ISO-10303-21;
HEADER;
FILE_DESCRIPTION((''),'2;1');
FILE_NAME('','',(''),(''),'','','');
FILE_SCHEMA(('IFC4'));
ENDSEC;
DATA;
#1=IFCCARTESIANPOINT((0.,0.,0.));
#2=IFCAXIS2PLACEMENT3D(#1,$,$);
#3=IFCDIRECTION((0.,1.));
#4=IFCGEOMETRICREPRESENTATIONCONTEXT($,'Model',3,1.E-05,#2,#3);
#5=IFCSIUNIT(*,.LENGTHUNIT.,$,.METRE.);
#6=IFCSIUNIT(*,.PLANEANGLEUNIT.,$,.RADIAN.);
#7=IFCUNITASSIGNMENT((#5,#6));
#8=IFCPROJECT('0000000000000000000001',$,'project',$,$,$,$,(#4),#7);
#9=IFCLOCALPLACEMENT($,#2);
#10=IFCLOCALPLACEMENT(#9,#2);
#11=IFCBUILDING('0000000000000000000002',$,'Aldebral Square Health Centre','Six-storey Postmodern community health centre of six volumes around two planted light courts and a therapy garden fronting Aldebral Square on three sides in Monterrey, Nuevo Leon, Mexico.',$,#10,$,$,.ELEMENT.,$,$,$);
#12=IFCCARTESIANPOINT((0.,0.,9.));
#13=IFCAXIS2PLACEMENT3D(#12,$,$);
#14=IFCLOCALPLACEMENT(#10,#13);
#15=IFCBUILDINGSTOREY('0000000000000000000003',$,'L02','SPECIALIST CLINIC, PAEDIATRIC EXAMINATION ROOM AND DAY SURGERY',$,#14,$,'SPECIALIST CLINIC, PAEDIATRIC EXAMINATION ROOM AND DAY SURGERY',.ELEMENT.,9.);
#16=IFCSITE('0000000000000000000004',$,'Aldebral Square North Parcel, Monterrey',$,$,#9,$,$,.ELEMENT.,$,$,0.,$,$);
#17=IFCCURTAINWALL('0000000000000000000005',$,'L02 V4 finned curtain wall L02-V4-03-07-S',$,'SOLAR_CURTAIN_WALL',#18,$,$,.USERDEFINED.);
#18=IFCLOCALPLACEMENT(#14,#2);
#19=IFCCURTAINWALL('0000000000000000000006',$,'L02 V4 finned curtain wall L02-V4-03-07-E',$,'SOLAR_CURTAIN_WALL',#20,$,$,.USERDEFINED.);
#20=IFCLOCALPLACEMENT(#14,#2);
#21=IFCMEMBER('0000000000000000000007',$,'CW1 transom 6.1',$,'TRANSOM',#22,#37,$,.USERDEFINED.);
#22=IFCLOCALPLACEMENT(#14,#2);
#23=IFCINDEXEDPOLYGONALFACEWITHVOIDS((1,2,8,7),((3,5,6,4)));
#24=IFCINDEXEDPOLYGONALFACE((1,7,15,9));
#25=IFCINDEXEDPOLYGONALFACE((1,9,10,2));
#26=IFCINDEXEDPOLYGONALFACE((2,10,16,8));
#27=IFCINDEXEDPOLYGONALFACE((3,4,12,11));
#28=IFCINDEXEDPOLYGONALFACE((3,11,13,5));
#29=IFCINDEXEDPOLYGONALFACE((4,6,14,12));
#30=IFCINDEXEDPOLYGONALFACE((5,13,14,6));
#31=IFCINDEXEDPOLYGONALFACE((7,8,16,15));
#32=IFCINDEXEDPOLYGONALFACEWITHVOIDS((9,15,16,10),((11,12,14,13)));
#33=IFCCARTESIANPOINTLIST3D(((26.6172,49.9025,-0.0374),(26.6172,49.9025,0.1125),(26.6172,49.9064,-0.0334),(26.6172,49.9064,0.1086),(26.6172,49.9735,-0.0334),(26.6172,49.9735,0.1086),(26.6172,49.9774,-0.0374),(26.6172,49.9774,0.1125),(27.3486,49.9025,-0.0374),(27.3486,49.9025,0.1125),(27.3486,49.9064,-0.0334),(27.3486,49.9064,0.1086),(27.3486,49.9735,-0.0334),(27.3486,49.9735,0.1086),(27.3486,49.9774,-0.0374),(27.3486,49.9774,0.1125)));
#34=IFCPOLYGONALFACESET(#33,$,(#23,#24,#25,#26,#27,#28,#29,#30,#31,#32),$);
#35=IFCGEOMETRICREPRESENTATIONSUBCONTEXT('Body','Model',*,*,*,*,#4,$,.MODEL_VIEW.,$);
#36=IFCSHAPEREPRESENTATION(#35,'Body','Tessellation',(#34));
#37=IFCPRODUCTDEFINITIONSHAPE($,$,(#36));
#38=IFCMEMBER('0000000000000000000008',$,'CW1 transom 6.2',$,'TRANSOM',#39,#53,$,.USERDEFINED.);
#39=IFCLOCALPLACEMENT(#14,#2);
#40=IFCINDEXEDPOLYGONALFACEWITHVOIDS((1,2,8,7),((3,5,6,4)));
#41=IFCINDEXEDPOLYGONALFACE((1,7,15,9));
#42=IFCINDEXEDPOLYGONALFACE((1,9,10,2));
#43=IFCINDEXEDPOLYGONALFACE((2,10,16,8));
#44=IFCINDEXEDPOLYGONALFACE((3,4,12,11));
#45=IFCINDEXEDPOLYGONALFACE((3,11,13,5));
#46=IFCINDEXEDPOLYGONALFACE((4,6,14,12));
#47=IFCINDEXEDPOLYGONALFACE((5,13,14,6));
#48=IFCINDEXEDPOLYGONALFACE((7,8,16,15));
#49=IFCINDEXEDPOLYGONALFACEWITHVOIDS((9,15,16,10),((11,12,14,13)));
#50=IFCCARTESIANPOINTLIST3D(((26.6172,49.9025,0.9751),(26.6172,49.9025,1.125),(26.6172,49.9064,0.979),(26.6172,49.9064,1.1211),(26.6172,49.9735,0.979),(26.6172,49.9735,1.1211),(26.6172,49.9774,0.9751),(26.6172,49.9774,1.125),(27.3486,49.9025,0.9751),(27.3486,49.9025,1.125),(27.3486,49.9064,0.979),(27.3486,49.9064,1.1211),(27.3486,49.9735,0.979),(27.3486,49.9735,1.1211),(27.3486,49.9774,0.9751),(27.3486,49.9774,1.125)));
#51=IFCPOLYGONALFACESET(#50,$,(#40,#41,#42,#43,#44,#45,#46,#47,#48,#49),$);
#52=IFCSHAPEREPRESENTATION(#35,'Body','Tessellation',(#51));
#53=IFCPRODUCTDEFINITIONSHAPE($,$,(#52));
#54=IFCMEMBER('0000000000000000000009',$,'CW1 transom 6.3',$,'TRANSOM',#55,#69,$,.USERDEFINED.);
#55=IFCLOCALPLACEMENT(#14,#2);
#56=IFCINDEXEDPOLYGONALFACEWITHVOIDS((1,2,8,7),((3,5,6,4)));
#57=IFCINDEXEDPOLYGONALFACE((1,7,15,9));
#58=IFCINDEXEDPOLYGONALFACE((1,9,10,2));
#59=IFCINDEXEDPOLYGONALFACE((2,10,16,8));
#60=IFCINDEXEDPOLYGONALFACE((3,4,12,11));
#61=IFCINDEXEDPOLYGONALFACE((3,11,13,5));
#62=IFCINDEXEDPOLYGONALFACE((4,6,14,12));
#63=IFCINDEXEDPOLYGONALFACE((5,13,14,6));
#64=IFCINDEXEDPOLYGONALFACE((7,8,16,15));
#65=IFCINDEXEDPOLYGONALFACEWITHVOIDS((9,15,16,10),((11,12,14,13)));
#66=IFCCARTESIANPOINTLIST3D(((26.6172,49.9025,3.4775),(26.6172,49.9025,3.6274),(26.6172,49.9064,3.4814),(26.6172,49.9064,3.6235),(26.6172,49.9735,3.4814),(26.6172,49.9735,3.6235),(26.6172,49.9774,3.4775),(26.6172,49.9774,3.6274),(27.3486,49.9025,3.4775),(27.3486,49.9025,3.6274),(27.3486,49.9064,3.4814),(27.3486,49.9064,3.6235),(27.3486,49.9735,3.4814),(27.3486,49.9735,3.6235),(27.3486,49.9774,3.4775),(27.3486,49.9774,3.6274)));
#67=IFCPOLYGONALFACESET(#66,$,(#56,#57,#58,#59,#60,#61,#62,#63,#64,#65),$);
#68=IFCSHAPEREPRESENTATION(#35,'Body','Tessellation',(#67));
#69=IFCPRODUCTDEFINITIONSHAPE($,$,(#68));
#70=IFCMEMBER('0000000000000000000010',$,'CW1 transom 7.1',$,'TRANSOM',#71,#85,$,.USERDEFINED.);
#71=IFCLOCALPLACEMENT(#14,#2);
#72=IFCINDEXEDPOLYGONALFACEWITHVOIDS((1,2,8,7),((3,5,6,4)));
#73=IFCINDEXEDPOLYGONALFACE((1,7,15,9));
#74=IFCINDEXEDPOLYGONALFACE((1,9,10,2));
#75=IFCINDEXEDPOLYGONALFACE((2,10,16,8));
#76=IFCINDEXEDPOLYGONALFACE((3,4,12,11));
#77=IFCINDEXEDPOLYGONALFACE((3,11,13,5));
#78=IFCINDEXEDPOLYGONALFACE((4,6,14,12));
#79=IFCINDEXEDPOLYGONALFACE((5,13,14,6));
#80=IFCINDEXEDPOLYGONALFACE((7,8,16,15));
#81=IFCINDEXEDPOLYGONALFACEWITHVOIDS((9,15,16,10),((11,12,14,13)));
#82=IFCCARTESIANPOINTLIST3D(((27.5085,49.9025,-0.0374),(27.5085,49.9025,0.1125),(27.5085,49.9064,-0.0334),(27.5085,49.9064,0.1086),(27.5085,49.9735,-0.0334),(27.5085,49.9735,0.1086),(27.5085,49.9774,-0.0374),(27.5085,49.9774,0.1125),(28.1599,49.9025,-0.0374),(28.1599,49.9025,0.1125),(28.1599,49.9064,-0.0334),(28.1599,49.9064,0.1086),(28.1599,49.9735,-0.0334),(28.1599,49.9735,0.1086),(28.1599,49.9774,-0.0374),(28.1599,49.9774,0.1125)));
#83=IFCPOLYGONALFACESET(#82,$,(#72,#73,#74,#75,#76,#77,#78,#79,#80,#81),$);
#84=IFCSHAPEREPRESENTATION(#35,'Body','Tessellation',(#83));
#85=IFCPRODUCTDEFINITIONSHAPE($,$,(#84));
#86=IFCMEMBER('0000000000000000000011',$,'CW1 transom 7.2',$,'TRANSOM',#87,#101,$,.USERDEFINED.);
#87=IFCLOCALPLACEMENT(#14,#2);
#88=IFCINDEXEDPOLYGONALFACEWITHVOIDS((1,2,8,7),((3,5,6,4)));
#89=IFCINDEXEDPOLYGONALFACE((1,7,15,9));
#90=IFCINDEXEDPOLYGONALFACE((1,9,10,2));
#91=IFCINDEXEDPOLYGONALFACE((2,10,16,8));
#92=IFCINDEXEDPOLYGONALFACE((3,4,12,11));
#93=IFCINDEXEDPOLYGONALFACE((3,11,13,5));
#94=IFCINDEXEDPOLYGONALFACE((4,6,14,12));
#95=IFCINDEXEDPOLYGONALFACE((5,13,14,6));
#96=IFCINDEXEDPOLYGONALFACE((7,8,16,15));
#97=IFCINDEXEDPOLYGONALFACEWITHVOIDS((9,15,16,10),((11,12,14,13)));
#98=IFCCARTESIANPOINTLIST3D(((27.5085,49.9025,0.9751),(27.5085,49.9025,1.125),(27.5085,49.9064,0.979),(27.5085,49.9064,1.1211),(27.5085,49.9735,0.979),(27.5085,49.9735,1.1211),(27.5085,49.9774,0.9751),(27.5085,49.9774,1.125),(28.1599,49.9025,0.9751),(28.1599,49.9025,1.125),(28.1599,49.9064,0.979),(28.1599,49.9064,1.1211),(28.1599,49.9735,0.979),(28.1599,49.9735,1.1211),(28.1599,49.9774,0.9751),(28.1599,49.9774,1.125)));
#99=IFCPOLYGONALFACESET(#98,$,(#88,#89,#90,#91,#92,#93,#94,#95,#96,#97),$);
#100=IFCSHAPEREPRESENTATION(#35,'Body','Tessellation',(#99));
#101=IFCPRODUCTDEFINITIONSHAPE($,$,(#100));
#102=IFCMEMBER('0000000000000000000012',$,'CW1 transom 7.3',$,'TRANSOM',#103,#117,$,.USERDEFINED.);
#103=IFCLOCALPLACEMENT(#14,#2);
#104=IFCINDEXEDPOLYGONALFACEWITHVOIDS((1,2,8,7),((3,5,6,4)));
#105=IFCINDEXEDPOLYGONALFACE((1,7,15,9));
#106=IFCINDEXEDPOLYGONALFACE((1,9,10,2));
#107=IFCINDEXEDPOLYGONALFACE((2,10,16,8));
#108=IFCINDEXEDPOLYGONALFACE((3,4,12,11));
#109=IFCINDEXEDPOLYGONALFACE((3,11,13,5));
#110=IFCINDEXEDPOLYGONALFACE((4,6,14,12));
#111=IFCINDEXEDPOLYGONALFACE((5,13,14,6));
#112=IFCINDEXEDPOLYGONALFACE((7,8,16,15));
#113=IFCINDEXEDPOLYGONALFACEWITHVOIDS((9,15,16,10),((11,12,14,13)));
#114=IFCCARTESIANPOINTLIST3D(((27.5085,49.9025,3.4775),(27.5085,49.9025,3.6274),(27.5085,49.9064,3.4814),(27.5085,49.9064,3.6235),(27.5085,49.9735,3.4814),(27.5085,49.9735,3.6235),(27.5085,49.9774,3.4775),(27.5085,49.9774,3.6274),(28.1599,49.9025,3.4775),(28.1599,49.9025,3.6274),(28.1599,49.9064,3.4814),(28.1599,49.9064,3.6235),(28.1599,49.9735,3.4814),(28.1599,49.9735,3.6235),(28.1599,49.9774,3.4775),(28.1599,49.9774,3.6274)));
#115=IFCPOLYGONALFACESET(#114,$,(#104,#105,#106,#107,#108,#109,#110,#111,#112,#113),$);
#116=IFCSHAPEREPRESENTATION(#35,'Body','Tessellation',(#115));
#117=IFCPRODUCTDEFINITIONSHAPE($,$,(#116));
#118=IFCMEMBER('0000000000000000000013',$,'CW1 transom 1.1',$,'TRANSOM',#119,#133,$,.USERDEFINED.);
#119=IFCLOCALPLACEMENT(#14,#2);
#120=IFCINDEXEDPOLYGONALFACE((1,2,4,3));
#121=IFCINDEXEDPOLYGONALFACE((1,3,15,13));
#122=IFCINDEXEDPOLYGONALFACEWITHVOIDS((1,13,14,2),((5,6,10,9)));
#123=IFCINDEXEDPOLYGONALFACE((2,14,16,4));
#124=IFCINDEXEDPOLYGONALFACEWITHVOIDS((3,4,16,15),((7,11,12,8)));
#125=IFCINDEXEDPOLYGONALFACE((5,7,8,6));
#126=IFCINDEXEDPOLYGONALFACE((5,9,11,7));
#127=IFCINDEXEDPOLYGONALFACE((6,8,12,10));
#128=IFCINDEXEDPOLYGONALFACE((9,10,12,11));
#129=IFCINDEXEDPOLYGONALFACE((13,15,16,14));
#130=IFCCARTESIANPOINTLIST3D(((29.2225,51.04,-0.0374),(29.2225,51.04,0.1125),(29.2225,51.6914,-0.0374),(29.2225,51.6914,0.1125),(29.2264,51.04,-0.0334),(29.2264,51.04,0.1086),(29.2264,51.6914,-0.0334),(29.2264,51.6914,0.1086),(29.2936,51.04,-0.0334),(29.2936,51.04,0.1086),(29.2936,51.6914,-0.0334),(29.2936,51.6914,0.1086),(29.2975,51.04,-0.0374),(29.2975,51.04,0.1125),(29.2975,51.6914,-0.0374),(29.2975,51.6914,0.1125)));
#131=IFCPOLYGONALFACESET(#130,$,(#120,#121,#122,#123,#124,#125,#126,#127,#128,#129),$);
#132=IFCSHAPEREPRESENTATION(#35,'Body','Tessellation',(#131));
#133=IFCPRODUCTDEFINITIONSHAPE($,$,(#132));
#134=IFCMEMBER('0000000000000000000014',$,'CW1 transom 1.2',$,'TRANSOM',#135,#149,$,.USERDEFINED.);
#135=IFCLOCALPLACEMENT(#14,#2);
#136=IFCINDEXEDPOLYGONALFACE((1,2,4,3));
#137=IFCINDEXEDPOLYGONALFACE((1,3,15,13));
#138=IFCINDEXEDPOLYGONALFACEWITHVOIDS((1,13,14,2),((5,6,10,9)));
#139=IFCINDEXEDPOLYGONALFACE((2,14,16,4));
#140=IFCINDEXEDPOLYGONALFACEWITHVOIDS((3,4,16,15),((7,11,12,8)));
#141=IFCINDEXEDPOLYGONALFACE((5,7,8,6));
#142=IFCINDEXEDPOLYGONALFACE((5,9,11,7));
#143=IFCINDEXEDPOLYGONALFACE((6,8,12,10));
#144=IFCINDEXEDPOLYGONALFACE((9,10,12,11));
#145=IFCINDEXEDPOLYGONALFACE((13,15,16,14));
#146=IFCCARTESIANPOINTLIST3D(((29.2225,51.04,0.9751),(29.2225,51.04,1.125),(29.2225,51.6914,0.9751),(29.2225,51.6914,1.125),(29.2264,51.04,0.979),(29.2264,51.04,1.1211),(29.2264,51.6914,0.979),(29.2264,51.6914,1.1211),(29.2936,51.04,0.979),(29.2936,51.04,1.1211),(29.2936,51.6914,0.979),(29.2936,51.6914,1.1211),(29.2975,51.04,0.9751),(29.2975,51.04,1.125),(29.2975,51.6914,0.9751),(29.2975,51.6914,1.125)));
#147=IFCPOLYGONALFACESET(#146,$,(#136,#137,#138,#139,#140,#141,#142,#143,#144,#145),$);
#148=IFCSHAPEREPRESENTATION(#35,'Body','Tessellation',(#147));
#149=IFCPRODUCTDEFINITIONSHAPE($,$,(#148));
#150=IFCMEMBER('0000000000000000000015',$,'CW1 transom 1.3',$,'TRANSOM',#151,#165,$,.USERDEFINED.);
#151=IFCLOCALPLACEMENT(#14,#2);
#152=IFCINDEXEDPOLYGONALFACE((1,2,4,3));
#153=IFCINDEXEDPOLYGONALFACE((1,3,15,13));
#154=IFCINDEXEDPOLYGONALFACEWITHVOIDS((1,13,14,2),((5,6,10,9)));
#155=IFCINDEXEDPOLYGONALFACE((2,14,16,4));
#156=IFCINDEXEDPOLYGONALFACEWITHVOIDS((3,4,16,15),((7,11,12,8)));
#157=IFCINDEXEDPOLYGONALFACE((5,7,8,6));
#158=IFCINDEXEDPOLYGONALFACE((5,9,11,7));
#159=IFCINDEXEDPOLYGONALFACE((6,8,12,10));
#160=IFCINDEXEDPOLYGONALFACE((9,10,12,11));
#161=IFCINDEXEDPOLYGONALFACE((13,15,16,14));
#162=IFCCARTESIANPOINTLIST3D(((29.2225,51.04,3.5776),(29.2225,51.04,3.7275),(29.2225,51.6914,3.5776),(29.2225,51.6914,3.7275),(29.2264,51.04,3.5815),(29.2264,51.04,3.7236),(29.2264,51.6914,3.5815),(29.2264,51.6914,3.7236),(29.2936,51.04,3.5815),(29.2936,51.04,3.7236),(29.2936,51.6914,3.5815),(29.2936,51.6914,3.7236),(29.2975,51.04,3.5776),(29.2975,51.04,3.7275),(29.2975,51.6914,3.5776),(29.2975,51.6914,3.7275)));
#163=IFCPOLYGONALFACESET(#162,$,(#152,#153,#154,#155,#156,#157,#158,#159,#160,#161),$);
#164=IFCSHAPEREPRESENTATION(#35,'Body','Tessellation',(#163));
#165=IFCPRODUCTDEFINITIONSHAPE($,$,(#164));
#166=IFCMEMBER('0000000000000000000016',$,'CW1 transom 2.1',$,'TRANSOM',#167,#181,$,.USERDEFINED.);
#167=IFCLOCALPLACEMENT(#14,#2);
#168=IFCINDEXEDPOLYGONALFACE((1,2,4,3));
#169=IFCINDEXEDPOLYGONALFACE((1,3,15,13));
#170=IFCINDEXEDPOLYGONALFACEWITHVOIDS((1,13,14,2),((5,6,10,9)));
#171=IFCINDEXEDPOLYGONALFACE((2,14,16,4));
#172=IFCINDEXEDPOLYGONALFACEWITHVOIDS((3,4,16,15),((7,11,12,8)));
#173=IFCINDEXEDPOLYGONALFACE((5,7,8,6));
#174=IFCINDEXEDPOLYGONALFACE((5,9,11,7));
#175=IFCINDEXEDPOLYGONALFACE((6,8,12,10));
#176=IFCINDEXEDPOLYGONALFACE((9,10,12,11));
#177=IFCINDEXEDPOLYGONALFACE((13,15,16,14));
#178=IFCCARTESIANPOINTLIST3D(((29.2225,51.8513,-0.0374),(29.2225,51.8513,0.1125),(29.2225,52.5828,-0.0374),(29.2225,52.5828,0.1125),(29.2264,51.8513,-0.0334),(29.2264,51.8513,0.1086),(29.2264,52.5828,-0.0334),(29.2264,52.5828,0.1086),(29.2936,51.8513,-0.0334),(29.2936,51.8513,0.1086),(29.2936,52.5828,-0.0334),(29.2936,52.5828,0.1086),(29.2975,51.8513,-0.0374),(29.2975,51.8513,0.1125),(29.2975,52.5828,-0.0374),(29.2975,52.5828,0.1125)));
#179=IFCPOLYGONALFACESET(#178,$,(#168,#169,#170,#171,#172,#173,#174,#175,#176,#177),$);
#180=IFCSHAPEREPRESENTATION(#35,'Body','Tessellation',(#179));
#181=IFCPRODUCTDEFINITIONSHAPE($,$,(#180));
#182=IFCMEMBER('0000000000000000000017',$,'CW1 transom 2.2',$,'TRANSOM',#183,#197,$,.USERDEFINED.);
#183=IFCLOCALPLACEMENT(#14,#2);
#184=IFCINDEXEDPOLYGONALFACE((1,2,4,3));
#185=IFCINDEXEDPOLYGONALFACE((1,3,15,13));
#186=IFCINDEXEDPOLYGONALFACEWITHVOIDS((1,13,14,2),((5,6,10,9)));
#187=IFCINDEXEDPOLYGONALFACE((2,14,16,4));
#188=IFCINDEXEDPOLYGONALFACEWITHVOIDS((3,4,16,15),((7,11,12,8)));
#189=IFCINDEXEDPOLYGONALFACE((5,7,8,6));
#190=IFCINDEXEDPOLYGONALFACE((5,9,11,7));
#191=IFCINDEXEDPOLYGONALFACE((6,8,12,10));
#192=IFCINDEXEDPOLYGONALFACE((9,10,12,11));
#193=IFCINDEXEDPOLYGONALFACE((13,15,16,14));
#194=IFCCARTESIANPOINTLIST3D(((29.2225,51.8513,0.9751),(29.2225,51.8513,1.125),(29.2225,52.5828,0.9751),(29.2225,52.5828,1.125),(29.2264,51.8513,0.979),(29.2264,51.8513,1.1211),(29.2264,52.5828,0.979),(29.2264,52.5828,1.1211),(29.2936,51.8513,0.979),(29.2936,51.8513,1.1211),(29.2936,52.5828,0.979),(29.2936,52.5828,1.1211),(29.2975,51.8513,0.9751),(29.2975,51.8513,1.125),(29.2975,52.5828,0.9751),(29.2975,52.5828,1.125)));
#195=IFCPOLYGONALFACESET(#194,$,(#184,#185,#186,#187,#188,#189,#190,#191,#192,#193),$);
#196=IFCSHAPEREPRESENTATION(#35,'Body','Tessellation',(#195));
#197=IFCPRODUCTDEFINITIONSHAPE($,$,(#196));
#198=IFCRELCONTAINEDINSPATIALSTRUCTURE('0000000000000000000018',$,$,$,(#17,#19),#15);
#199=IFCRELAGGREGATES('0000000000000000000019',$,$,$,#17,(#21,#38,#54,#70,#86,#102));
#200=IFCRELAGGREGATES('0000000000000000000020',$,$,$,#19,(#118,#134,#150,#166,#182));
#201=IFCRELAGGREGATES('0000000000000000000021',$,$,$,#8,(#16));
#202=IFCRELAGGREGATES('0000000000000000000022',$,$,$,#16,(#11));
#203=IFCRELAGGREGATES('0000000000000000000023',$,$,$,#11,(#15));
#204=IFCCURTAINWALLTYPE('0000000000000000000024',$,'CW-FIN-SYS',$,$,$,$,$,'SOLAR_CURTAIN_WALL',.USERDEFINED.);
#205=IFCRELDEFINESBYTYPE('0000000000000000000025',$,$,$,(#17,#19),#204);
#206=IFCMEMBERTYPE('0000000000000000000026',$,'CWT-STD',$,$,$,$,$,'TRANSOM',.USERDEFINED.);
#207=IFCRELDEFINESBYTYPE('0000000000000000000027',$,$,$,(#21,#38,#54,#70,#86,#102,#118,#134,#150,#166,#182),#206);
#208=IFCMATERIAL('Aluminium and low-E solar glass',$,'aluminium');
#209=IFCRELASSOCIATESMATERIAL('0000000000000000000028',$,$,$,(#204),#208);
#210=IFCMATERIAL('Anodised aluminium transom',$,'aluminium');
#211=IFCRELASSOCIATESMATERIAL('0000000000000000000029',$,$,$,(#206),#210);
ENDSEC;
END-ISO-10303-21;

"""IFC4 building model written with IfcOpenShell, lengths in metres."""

from ifc_helpers import new_model, si_unit, direction, frame, origin, origin_2d, place, context, subcontext, project, spatial, hollow_rectangle, extrude, material, material_profile, profile_set, type_object, element, aggregate, save


model = new_model("IFC4")

# Units and contexts
model_context = context("Model", 3, precision=1e-05, world=origin(), true_north=direction((0.0, 1.0)))
body_context = subcontext(model_context, "Body", "Model", "MODEL_VIEW")
ifc_project = project(units=[si_unit("LENGTHUNIT", "METRE"), si_unit("PLANEANGLEUNIT", "RADIAN")], contexts=[model_context])

# Site, building, storey
site_placement = place(None, origin())
site = spatial("IfcSite", under=ifc_project, at=site_placement, Name="Aldebral Square North Parcel, Monterrey", CompositionType="ELEMENT", RefElevation=0.0)
building_placement = place(site_placement, origin())
building = spatial("IfcBuilding", under=site, at=building_placement, Name="Aldebral Square Health Centre", Description="Six-storey Postmodern community health centre of six volumes around two planted light courts and a therapy garden fronting Aldebral Square on three sides in Monterrey, Nuevo Leon, Mexico.", CompositionType="ELEMENT")
storey_placement = place(building_placement, frame((0.0, 0.0, 9.0)))
storey = spatial("IfcBuildingStorey", under=building, at=storey_placement, Name="L02", Description="SPECIALIST CLINIC, PAEDIATRIC EXAMINATION ROOM AND DAY SURGERY", LongName="SPECIALIST CLINIC, PAEDIATRIC EXAMINATION ROOM AND DAY SURGERY", CompositionType="ELEMENT", Elevation=9.0)

# Curtain walls
ifc_material_1 = material(Name="Aluminium and low-E solar glass", Category="aluminium")
curtain_wall_type = type_object("IfcCurtainWallType", Name="CW-FIN-SYS", ElementType="SOLAR_CURTAIN_WALL", PredefinedType="USERDEFINED", material=ifc_material_1)
curtain_wall_1_placement = place(storey_placement, origin())
curtain_wall_1 = element("IfcCurtainWall", 1, at=curtain_wall_1_placement, inside=storey, type_object=curtain_wall_type, Name="L02 V4 finned curtain wall L02-V4-03-07-S", ObjectType="SOLAR_CURTAIN_WALL", PredefinedType="USERDEFINED")
curtain_wall_2_placement = place(storey_placement, origin())
curtain_wall_2 = element("IfcCurtainWall", 2, at=curtain_wall_2_placement, inside=storey, type_object=curtain_wall_type, Name="L02 V4 finned curtain wall L02-V4-03-07-E", ObjectType="SOLAR_CURTAIN_WALL", PredefinedType="USERDEFINED")

# Members
ifc_material_2 = material(Name="Anodised aluminium transom", Category="aluminium")
ifc_material_profile_1 = material_profile(ifc_material_2, hollow_rectangle(XDim=0.075, YDim=0.1499, WallThickness=0.0039, at=origin_2d()), Name="CWT 75x150x4")
ifc_profile_set_1 = profile_set([ifc_material_profile_1], Name="Anodised aluminium transom")
member_type_1 = type_object("IfcMemberType", Name="CWT-STD", ElementType="TRANSOM", PredefinedType="USERDEFINED", material=ifc_profile_set_1)
member_1_placement = place(storey_placement, frame((26.6172, 49.9399, 0.0376), z_axis=(1.0, 0.0, 0.0), x_axis=(0.0, 1.0, 0.0)))
member_1 = element("IfcMember", 3, at=member_1_placement, type_object=member_type_1, Name="CW1 transom 6.1", ObjectType="TRANSOM", PredefinedType="USERDEFINED", context=body_context, shape_type="SweptSolid", body=[
    extrude(hollow_rectangle(XDim=0.075, YDim=0.1499, WallThickness=0.0039, at=origin_2d()), origin(), (0.0, 0.0, 1.0), 0.7314),
])
member_2_placement = place(storey_placement, frame((26.6172, 49.9399, 1.05), z_axis=(1.0, 0.0, 0.0), x_axis=(0.0, 1.0, 0.0)))
member_2 = element("IfcMember", 4, at=member_2_placement, type_object=member_type_1, Name="CW1 transom 6.2", ObjectType="TRANSOM", PredefinedType="USERDEFINED", context=body_context, shape_type="SweptSolid", body=[
    extrude(hollow_rectangle(XDim=0.075, YDim=0.1499, WallThickness=0.0039, at=origin_2d()), origin(), (0.0, 0.0, 1.0), 0.7314),
])
member_3_placement = place(storey_placement, frame((26.6172, 49.9399, 3.5525), z_axis=(1.0, 0.0, 0.0), x_axis=(0.0, 1.0, 0.0)))
member_3 = element("IfcMember", 5, at=member_3_placement, type_object=member_type_1, Name="CW1 transom 6.3", ObjectType="TRANSOM", PredefinedType="USERDEFINED", context=body_context, shape_type="SweptSolid", body=[
    extrude(hollow_rectangle(XDim=0.075, YDim=0.1499, WallThickness=0.0039, at=origin_2d()), origin(), (0.0, 0.0, 1.0), 0.7314),
])
member_4_placement = place(storey_placement, frame((27.5085, 49.9399, 0.0376), z_axis=(1.0, 0.0, 0.0), x_axis=(0.0, 1.0, 0.0)))
member_4 = element("IfcMember", 6, at=member_4_placement, type_object=member_type_1, Name="CW1 transom 7.1", ObjectType="TRANSOM", PredefinedType="USERDEFINED", context=body_context, shape_type="SweptSolid", body=[
    extrude(hollow_rectangle(XDim=0.075, YDim=0.1499, WallThickness=0.0039, at=origin_2d()), origin(), (0.0, 0.0, 1.0), 0.6514),
])
member_5_placement = place(storey_placement, frame((27.5085, 49.9399, 1.05), z_axis=(1.0, 0.0, 0.0), x_axis=(0.0, 1.0, 0.0)))
member_5 = element("IfcMember", 7, at=member_5_placement, type_object=member_type_1, Name="CW1 transom 7.2", ObjectType="TRANSOM", PredefinedType="USERDEFINED", context=body_context, shape_type="SweptSolid", body=[
    extrude(hollow_rectangle(XDim=0.075, YDim=0.1499, WallThickness=0.0039, at=origin_2d()), origin(), (0.0, 0.0, 1.0), 0.6514),
])
member_6_placement = place(storey_placement, frame((27.5085, 49.9399, 3.5525), z_axis=(1.0, 0.0, 0.0), x_axis=(0.0, 1.0, 0.0)))
member_6 = element("IfcMember", 8, at=member_6_placement, type_object=member_type_1, Name="CW1 transom 7.3", ObjectType="TRANSOM", PredefinedType="USERDEFINED", context=body_context, shape_type="SweptSolid", body=[
    extrude(hollow_rectangle(XDim=0.075, YDim=0.1499, WallThickness=0.0039, at=origin_2d()), origin(), (0.0, 0.0, 1.0), 0.6514),
])
member_7_placement = place(storey_placement, frame((29.26, 51.04, 0.0376), z_axis=(0.0, 1.0, 0.0), x_axis=(-1.0, 0.0, 0.0)))
member_7 = element("IfcMember", 9, at=member_7_placement, type_object=member_type_1, Name="CW1 transom 1.1", ObjectType="TRANSOM", PredefinedType="USERDEFINED", context=body_context, shape_type="SweptSolid", body=[
    extrude(hollow_rectangle(XDim=0.075, YDim=0.1499, WallThickness=0.0039, at=origin_2d()), origin(), (0.0, 0.0, 1.0), 0.6514),
])
member_8_placement = place(storey_placement, frame((29.26, 51.04, 1.05), z_axis=(0.0, 1.0, 0.0), x_axis=(-1.0, 0.0, 0.0)))
member_8 = element("IfcMember", 10, at=member_8_placement, type_object=member_type_1, Name="CW1 transom 1.2", ObjectType="TRANSOM", PredefinedType="USERDEFINED", context=body_context, shape_type="SweptSolid", body=[
    extrude(hollow_rectangle(XDim=0.075, YDim=0.1499, WallThickness=0.0039, at=origin_2d()), origin(), (0.0, 0.0, 1.0), 0.6514),
])
member_9_placement = place(storey_placement, frame((29.26, 51.04, 3.6526), z_axis=(0.0, 1.0, 0.0), x_axis=(-1.0, 0.0, 0.0)))
member_9 = element("IfcMember", 11, at=member_9_placement, type_object=member_type_1, Name="CW1 transom 1.3", ObjectType="TRANSOM", PredefinedType="USERDEFINED", context=body_context, shape_type="SweptSolid", body=[
    extrude(hollow_rectangle(XDim=0.075, YDim=0.1499, WallThickness=0.0039, at=origin_2d()), origin(), (0.0, 0.0, 1.0), 0.6514),
])
member_10_placement = place(storey_placement, frame((29.26, 51.8513, 0.0376), z_axis=(0.0, 1.0, 0.0), x_axis=(-1.0, 0.0, 0.0)))
member_10 = element("IfcMember", 12, at=member_10_placement, type_object=member_type_1, Name="CW1 transom 2.1", ObjectType="TRANSOM", PredefinedType="USERDEFINED", context=body_context, shape_type="SweptSolid", body=[
    extrude(hollow_rectangle(XDim=0.075, YDim=0.1499, WallThickness=0.0039, at=origin_2d()), origin(), (0.0, 0.0, 1.0), 0.7314),
])
member_11_placement = place(storey_placement, frame((29.26, 51.8513, 1.05), z_axis=(0.0, 1.0, 0.0), x_axis=(-1.0, 0.0, 0.0)))
member_11 = element("IfcMember", 13, at=member_11_placement, type_object=member_type_1, Name="CW1 transom 2.2", ObjectType="TRANSOM", PredefinedType="USERDEFINED", context=body_context, shape_type="SweptSolid", body=[
    extrude(hollow_rectangle(XDim=0.075, YDim=0.1499, WallThickness=0.0039, at=origin_2d()), origin(), (0.0, 0.0, 1.0), 0.7314),
])

aggregate(curtain_wall_1, [member_1, member_2, member_3, member_4, member_5, member_6])
aggregate(curtain_wall_2, [member_7, member_8, member_9, member_10, member_11])

save(model, "model.ifc")
